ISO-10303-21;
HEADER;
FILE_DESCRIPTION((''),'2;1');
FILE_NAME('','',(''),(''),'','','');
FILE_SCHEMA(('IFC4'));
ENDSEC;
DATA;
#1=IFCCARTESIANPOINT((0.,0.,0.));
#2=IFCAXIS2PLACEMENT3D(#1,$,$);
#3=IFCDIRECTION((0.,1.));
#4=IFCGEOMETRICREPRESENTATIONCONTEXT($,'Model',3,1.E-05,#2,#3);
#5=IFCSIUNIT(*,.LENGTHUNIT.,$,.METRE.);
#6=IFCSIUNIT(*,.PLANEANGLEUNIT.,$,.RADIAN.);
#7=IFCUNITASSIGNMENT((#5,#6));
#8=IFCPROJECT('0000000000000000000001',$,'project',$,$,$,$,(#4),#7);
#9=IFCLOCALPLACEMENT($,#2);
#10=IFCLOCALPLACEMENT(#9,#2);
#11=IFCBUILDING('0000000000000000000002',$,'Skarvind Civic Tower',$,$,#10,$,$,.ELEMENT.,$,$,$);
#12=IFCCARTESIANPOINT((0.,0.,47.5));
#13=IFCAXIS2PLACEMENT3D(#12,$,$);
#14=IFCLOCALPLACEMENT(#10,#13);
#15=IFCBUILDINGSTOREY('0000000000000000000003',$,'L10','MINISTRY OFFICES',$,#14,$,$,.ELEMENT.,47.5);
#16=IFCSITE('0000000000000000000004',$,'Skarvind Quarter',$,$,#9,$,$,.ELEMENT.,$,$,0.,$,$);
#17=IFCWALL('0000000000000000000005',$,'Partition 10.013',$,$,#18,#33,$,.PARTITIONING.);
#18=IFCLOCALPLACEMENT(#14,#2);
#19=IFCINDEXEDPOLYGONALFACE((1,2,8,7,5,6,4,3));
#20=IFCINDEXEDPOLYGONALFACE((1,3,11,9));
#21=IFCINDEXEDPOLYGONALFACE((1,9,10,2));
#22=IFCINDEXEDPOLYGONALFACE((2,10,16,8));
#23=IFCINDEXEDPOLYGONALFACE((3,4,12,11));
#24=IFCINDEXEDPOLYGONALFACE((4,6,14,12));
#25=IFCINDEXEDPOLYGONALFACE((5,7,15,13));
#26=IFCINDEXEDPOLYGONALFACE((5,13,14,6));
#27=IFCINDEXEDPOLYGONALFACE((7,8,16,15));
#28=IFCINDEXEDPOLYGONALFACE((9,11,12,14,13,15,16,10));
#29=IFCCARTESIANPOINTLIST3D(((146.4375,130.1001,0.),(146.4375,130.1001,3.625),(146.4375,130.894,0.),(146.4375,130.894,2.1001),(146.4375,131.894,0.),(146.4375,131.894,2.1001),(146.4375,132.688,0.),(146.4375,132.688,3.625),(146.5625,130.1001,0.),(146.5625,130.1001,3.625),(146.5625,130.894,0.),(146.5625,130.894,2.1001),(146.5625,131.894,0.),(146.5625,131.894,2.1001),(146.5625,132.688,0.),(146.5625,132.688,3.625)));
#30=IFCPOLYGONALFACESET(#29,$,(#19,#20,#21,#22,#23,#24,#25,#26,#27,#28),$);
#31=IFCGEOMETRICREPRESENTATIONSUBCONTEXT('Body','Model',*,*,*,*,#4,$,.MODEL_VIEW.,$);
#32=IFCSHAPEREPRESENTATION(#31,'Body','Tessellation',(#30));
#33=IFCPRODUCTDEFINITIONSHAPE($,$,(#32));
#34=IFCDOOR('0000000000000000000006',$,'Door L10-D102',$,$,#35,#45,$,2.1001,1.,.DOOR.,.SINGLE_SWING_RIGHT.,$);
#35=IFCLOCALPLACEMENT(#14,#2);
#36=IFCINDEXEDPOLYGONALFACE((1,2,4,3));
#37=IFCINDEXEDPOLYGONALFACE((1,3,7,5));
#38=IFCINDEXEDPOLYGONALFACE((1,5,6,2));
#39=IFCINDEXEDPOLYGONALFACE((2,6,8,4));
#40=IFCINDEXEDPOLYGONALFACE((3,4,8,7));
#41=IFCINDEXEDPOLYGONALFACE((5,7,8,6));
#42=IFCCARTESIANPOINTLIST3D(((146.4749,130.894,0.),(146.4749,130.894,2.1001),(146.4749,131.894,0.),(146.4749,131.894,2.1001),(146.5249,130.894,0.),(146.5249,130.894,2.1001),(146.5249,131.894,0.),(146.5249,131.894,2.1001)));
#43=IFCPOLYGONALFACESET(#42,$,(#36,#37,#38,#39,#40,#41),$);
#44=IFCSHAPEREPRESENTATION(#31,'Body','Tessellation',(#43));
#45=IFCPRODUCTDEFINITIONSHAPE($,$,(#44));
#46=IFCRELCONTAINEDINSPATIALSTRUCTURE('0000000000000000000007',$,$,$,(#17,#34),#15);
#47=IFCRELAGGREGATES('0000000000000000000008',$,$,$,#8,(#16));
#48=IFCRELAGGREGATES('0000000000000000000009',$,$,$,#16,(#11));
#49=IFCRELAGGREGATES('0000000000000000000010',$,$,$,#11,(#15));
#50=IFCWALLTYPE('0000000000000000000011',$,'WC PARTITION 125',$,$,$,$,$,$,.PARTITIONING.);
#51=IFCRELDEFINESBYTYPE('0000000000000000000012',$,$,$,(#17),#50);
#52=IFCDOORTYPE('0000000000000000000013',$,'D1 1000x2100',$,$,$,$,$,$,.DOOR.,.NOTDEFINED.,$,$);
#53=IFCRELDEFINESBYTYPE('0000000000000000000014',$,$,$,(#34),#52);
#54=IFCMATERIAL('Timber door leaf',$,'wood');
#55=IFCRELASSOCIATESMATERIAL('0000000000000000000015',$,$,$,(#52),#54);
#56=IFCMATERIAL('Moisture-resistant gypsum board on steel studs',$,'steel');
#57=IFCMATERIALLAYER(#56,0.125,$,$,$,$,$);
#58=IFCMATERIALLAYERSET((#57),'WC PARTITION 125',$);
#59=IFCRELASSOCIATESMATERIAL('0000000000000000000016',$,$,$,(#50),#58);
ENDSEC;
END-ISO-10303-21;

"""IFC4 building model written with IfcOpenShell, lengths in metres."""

from ifc_helpers import new_model, si_unit, direction, frame, frame_2d, origin, place, context, subcontext, project, spatial, rectangle, extrude, material, layer, layer_set, type_object, element, fill, save


model = new_model("IFC4")

# Units and contexts
model_context = context("Model", 3, precision=1e-05, world=origin(), true_north=direction((0.0, 1.0)))
body_context = subcontext(model_context, "Body", "Model", "MODEL_VIEW")
ifc_project = project(units=[si_unit("LENGTHUNIT", "METRE"), si_unit("PLANEANGLEUNIT", "RADIAN")], contexts=[model_context])

# Site, building, storey
site_placement = place(None, origin())
site = spatial("IfcSite", under=ifc_project, at=site_placement, Name="Skarvind Quarter", CompositionType="ELEMENT", RefElevation=0.0)
building_placement = place(site_placement, origin())
building = spatial("IfcBuilding", under=site, at=building_placement, Name="Skarvind Civic Tower", CompositionType="ELEMENT")
storey_placement = place(building_placement, frame((0.0, 0.0, 47.5)))
storey = spatial("IfcBuildingStorey", under=building, at=storey_placement, Name="L10", Description="MINISTRY OFFICES", CompositionType="ELEMENT", Elevation=47.5)

# Shared definitions
ifc_material_1 = material(Name="Timber door leaf", Category="wood")
door_type_1 = type_object("IfcDoorType", Name="D1 1000x2100", OperationType="NOTDEFINED", PredefinedType="DOOR", material=ifc_material_1)

# Shared definitions
ifc_material_2 = material(Name="Moisture-resistant gypsum board on steel studs", Category="steel")
ifc_layer_1 = layer(ifc_material_2, 0.125)
ifc_layer_set_1 = layer_set([ifc_layer_1], Name="WC PARTITION 125")
wall_type_1 = type_object("IfcWallType", Name="WC PARTITION 125", PredefinedType="PARTITIONING", material=ifc_layer_set_1)

# Wall, opening, door
wall_1_placement = place(storey_placement, frame((146.5, 132.688, 0.0), z_axis=(0.0, 0.0, 1.0), x_axis=(0.0, -1.0, 0.0)))
wall_1 = element("IfcWall", 1, at=wall_1_placement, inside=storey, type_object=wall_type_1, Name="Partition 10.013", PredefinedType="PARTITIONING", context=body_context, shape_type="SweptSolid", body=[
    extrude(rectangle(XDim=2.5879, YDim=0.125, at=frame_2d((1.2939, 0.0))), origin(), (0.0, 0.0, 1.0), 3.625),
])
opening_1_placement = place(wall_1_placement, frame((0.7939, 0.0, 0.0)))
opening_1 = element("IfcOpeningElement", 2, at=opening_1_placement, cuts=wall_1, PredefinedType="OPENING", context=body_context, shape_type="SweptSolid", body=[
    extrude(rectangle(XDim=1.0, YDim=2.1001, at=frame_2d((0.5, 1.05))), frame((0.0, 0.0725, 0.0), z_axis=(0.0, -1.0, 0.0), x_axis=(1.0, 0.0, 0.0)), (0.0, 0.0, 1.0), 0.145),
])
door_1_placement = place(opening_1_placement, origin())
door_1 = element("IfcDoor", 3, at=door_1_placement, inside=storey, type_object=door_type_1, Name="Door L10-D102", OperationType="SINGLE_SWING_RIGHT", OverallHeight=2.1001, OverallWidth=1.0, PredefinedType="DOOR", context=body_context, shape_type="SweptSolid", body=[
    extrude(rectangle(XDim=1.0, YDim=2.1001, at=frame_2d((0.5, 1.05))), frame((0.0, 0.0249, 0.0), z_axis=(0.0, -1.0, 0.0), x_axis=(1.0, 0.0, 0.0)), (0.0, 0.0, 1.0), 0.05),
])
fill(opening_1, door_1)

save(model, "model.ifc")
